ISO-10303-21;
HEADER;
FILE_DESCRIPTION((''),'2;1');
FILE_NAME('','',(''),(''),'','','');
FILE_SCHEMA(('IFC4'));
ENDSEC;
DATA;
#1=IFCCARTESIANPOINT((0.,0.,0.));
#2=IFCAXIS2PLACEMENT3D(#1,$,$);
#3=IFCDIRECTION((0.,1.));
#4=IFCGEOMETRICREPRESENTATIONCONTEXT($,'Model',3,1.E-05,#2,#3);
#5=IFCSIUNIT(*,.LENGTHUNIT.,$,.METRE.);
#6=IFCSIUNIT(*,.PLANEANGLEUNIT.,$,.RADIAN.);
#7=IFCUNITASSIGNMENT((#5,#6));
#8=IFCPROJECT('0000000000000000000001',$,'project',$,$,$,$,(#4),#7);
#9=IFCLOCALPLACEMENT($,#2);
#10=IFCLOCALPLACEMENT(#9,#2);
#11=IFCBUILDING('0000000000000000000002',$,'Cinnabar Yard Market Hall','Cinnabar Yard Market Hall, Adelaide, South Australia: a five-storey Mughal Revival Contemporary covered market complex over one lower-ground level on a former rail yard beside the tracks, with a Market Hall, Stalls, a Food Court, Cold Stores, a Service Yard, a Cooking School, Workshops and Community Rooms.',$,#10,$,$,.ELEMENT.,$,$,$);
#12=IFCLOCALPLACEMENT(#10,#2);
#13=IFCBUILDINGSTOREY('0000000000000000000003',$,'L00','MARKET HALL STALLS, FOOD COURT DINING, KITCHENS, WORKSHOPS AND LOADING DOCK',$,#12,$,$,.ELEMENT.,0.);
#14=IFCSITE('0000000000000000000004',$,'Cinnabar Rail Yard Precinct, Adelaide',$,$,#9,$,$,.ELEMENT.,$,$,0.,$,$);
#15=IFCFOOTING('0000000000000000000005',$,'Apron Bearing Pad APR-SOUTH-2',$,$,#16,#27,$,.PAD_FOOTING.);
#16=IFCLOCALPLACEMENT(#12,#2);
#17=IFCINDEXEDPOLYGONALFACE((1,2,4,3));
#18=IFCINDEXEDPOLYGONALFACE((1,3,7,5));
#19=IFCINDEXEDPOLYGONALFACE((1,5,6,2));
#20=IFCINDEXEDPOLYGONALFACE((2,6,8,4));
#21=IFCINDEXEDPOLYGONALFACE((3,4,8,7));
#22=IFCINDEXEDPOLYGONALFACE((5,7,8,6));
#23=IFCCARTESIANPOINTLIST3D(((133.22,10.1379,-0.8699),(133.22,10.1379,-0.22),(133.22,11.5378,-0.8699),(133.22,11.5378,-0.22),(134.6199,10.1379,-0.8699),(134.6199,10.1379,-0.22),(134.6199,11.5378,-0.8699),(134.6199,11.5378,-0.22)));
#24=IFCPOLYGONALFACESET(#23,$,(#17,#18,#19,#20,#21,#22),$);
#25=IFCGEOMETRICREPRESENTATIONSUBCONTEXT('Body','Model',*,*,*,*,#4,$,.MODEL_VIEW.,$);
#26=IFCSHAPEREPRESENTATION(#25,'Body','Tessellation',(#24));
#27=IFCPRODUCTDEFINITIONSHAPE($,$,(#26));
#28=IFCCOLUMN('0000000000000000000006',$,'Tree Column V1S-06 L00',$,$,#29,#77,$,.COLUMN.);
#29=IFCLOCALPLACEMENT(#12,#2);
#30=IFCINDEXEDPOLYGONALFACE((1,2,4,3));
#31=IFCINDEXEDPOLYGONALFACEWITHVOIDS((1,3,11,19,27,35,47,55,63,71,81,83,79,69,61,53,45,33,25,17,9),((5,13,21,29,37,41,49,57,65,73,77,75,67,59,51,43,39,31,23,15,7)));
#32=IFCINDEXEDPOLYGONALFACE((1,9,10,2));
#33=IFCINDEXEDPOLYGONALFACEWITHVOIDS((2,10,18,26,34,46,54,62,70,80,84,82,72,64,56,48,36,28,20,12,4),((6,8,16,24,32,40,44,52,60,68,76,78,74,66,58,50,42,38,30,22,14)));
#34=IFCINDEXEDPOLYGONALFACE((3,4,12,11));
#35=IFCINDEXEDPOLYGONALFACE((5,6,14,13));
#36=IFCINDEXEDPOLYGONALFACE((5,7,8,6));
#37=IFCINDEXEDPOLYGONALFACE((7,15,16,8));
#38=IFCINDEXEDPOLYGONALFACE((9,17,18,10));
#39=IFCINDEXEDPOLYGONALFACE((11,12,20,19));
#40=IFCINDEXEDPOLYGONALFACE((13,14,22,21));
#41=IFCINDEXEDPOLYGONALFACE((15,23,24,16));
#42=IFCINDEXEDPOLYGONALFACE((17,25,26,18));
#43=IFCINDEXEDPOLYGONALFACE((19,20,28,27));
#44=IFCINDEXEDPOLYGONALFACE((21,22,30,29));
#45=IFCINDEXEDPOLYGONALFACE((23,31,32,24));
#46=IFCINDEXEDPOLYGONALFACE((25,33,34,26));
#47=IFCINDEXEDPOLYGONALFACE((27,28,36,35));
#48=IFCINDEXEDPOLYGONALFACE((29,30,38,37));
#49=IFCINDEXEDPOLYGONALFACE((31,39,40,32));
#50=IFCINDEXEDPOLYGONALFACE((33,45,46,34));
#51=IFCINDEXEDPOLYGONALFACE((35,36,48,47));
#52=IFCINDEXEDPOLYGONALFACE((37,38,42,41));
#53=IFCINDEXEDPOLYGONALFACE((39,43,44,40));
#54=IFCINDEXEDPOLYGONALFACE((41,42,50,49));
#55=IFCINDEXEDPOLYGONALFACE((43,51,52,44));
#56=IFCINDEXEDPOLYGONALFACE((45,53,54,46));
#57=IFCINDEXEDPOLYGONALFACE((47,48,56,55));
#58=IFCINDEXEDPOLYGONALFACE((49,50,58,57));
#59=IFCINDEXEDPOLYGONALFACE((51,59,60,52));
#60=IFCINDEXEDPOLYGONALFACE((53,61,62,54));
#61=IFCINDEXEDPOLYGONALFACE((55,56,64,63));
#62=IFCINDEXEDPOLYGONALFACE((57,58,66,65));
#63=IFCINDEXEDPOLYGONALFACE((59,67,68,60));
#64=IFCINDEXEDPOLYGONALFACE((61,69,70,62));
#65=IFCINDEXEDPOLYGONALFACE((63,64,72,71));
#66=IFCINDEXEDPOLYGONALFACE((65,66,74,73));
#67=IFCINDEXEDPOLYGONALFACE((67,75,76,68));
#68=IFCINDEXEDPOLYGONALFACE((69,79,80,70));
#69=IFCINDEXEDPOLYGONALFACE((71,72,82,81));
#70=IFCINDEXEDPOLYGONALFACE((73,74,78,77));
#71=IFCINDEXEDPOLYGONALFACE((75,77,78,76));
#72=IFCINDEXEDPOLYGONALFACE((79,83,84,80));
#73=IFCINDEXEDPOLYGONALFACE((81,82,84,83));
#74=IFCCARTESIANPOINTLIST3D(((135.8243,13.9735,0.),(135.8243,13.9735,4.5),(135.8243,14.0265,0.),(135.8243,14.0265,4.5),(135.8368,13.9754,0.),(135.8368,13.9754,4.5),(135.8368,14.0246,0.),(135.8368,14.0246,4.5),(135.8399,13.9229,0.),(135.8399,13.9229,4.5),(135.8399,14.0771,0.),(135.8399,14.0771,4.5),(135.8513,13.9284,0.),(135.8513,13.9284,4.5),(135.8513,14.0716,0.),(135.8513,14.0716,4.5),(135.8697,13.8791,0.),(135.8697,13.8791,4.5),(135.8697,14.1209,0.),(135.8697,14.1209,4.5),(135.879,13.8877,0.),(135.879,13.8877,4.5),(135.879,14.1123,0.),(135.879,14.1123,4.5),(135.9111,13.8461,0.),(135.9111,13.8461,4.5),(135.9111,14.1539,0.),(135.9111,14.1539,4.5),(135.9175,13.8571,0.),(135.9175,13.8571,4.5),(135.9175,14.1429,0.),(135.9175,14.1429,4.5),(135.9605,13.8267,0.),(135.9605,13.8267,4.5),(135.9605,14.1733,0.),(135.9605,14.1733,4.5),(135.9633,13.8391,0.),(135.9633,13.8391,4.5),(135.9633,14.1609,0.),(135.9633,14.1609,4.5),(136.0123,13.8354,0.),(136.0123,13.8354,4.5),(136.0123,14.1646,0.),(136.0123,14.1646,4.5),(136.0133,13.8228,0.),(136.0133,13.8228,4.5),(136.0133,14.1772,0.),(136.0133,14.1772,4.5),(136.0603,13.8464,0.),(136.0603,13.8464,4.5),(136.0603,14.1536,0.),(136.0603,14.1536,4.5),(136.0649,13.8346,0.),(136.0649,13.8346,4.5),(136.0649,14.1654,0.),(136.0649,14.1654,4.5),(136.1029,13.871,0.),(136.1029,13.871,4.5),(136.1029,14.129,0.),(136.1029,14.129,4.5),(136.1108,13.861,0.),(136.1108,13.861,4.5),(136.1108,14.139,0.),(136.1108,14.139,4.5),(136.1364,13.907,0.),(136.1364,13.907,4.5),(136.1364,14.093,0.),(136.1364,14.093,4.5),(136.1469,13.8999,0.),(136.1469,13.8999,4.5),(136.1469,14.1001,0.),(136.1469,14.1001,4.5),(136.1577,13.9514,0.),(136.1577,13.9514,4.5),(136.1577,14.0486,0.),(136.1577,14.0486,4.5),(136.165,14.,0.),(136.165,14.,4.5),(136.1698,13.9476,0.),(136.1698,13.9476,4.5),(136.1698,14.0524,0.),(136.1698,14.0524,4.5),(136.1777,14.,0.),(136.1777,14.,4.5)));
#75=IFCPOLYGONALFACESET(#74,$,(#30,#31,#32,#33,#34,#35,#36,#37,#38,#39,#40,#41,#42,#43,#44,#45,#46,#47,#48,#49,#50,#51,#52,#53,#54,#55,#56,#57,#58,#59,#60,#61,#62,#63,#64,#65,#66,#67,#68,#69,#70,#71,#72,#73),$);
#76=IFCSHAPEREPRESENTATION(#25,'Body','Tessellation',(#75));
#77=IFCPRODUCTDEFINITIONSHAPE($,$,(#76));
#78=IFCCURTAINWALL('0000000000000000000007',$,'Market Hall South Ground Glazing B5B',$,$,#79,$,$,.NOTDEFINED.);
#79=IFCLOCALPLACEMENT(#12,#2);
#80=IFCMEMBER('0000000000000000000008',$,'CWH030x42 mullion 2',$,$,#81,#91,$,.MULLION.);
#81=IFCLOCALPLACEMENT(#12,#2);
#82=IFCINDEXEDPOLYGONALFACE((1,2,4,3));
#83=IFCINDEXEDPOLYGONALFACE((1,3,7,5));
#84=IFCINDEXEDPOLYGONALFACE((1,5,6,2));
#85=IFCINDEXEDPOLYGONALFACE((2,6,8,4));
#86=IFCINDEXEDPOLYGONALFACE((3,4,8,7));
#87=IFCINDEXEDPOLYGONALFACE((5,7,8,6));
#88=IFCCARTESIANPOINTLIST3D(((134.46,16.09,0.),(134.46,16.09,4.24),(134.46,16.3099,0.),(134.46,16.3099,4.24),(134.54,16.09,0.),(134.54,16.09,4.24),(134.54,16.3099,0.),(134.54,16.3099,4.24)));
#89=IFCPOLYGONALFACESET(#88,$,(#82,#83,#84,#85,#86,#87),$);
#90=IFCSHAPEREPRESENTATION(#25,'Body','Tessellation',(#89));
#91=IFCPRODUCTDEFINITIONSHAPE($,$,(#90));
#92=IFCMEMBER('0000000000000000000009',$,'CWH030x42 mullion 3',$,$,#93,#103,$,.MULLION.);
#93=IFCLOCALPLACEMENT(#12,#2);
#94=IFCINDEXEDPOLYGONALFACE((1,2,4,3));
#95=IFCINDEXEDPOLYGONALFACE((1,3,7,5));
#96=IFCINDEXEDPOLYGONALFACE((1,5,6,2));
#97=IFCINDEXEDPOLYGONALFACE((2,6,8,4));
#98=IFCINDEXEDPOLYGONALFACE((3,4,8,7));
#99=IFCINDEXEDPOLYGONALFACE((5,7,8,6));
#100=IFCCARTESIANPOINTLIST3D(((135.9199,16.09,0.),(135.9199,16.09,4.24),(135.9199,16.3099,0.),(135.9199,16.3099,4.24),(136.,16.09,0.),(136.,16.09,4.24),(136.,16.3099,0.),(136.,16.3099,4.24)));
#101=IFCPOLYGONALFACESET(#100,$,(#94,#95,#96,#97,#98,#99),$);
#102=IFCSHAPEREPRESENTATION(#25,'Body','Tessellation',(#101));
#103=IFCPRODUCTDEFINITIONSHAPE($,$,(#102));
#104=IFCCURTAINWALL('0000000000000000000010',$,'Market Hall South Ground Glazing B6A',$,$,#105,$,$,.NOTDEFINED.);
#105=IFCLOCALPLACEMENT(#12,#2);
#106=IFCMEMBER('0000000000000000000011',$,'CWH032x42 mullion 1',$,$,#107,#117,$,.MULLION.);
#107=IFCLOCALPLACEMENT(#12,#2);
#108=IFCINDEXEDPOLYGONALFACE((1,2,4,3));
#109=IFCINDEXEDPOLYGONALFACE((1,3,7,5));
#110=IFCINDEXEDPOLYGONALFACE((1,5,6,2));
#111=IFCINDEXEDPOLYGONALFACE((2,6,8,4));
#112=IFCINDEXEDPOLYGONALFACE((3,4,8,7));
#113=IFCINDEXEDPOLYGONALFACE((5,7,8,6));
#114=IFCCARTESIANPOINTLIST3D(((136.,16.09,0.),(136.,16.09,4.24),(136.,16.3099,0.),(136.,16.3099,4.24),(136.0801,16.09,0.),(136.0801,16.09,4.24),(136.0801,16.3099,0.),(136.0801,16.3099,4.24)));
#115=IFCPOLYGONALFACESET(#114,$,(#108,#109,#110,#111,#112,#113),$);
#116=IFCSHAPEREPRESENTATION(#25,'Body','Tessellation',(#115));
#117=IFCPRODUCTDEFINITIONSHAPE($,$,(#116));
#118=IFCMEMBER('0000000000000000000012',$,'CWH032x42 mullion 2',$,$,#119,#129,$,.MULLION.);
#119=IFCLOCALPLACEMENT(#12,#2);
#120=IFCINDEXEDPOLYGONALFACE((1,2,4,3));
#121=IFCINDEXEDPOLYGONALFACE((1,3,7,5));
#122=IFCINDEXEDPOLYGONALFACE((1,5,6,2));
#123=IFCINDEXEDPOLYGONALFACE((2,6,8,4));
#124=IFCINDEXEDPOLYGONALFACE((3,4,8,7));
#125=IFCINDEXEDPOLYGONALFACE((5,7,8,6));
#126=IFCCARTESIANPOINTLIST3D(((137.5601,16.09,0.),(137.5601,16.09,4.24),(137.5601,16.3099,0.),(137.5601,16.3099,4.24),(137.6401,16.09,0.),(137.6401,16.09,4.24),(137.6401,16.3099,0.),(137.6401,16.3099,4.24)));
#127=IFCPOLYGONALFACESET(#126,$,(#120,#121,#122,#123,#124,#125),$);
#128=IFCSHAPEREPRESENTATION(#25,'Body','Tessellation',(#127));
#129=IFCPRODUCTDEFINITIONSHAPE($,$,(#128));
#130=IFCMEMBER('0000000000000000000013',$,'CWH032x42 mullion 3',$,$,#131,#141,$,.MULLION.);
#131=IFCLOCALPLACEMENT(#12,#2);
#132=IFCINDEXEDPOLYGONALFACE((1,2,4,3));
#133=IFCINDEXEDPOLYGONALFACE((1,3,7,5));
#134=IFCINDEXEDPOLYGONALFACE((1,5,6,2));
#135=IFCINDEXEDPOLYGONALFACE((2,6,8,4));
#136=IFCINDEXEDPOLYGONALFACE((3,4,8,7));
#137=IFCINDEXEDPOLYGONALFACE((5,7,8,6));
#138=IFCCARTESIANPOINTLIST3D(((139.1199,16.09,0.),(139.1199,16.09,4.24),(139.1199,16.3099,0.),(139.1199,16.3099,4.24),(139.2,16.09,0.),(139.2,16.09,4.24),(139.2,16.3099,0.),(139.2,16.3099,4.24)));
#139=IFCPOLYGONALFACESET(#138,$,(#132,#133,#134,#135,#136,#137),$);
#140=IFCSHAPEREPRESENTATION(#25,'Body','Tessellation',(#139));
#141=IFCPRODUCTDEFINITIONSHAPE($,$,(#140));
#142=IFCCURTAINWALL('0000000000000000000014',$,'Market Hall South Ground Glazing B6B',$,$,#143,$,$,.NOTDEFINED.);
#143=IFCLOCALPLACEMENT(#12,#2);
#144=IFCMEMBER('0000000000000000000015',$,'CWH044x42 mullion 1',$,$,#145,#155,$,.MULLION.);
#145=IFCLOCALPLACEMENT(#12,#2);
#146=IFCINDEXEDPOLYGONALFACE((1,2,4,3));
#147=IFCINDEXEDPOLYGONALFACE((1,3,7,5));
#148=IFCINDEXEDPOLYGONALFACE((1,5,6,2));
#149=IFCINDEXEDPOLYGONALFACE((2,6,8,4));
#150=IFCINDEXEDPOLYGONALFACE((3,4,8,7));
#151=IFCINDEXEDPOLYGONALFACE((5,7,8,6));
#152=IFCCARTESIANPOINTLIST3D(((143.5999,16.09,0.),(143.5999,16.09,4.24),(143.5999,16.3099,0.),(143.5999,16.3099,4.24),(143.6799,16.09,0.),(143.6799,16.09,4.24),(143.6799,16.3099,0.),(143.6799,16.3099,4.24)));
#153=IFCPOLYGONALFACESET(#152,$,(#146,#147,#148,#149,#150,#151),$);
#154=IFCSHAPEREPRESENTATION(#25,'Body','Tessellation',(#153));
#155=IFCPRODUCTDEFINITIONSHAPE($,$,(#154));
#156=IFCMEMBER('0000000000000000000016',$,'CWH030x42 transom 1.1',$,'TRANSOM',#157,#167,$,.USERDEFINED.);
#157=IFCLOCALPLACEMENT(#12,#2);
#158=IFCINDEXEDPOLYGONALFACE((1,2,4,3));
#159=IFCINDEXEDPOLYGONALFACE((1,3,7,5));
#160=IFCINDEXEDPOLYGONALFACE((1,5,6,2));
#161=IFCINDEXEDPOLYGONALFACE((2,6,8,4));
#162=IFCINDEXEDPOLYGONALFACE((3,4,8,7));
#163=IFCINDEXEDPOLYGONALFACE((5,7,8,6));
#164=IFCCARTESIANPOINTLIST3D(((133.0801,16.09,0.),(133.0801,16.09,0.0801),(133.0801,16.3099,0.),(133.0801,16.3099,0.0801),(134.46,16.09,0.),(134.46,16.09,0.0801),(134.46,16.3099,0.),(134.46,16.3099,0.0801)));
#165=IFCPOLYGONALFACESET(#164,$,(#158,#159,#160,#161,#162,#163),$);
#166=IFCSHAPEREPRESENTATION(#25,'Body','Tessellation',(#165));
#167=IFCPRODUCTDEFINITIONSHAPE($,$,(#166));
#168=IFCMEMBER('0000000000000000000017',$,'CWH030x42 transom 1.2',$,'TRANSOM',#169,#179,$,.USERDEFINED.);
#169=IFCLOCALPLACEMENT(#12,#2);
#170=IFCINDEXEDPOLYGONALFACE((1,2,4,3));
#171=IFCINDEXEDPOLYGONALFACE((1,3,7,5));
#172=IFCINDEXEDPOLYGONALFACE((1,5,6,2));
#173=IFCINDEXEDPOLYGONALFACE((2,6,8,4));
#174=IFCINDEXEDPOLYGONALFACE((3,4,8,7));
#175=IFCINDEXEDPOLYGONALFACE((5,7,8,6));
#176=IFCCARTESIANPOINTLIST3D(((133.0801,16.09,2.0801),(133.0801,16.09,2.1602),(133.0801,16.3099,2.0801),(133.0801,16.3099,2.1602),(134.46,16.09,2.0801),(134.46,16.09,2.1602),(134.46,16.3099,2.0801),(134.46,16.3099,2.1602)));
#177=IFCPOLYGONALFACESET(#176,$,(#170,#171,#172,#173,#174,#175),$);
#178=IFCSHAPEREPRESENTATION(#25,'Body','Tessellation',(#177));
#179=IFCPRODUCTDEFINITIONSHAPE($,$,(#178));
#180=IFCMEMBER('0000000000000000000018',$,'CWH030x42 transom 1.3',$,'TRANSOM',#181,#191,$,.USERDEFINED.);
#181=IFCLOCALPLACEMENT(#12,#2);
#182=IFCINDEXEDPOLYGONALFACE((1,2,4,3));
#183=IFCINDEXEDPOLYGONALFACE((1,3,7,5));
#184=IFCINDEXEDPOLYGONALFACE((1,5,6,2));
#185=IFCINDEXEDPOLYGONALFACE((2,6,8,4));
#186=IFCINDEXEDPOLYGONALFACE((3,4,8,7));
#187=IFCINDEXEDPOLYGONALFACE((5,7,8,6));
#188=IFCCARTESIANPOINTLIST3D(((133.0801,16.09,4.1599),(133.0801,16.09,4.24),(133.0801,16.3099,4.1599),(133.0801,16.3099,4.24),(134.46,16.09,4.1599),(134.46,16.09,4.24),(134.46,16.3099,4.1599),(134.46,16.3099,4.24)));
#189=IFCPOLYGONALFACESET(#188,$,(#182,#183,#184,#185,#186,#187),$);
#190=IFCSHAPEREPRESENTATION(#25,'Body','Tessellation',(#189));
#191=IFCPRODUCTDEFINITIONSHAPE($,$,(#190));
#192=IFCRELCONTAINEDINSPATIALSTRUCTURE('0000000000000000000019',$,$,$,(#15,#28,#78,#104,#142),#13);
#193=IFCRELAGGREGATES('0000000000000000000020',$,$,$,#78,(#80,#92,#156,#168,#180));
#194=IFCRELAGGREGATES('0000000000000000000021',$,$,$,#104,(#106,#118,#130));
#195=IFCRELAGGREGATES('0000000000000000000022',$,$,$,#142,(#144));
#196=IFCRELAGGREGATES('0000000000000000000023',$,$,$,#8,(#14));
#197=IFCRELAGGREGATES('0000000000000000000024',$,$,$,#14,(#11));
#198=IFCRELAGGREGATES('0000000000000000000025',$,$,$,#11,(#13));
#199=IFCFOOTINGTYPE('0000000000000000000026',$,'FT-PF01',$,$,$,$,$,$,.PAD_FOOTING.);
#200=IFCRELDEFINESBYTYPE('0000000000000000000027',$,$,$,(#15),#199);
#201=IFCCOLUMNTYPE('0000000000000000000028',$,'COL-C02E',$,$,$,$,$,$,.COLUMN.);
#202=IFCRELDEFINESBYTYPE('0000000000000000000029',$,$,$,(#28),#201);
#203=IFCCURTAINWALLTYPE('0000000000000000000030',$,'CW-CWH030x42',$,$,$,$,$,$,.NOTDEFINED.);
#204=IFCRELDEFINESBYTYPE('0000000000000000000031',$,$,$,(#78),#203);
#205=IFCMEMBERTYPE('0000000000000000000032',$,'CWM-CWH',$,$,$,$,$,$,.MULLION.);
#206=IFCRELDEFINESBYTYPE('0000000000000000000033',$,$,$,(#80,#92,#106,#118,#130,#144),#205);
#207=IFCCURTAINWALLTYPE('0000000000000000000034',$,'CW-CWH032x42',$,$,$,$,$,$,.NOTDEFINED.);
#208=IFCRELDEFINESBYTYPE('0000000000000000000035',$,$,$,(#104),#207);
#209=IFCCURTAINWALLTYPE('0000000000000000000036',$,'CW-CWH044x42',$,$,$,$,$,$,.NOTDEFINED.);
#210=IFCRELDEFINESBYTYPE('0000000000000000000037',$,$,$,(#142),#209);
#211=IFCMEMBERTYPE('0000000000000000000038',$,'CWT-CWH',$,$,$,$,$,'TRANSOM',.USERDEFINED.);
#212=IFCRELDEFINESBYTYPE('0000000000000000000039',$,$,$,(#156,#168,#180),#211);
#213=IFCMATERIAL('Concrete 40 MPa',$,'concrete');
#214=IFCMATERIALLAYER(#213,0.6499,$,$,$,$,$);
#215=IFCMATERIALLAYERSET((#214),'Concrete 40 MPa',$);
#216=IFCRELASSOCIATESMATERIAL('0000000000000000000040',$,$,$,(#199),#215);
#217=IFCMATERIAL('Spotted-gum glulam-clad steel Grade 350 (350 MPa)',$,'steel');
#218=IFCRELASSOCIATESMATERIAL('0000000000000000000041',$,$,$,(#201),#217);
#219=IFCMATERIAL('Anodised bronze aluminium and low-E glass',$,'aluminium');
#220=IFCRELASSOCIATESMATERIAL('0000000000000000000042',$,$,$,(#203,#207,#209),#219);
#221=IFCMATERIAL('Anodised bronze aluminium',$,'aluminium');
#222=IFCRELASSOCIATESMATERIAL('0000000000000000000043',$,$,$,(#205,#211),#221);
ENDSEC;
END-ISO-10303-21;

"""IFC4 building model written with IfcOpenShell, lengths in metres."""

from ifc_helpers import new_model, si_unit, direction, frame, origin, origin_2d_with_axis, place, context, subcontext, project, spatial, rectangle, hollow_circle, extrude, material, layer, layer_set, material_profile, profile_set, type_object, element, aggregate, save


model = new_model("IFC4")

# Units and contexts
model_context = context("Model", 3, precision=1e-05, world=origin(), true_north=direction((0.0, 1.0)))
body_context = subcontext(model_context, "Body", "Model", "MODEL_VIEW")
ifc_project = project(units=[si_unit("LENGTHUNIT", "METRE"), si_unit("PLANEANGLEUNIT", "RADIAN")], contexts=[model_context])

# Site, building, storey
site_placement = place(None, origin())
site = spatial("IfcSite", under=ifc_project, at=site_placement, Name="Cinnabar Rail Yard Precinct, Adelaide", CompositionType="ELEMENT", RefElevation=0.0)
building_placement = place(site_placement, origin())
building = spatial("IfcBuilding", under=site, at=building_placement, Name="Cinnabar Yard Market Hall", Description="Cinnabar Yard Market Hall, Adelaide, South Australia: a five-storey Mughal Revival Contemporary covered market complex over one lower-ground level on a former rail yard beside the tracks, with a Market Hall, Stalls, a Food Court, Cold Stores, a Service Yard, a Cooking School, Workshops and Community Rooms.", CompositionType="ELEMENT")
storey_placement = place(building_placement, origin())
storey = spatial("IfcBuildingStorey", under=building, at=storey_placement, Name="L00", Description="MARKET HALL STALLS, FOOD COURT DINING, KITCHENS, WORKSHOPS AND LOADING DOCK", CompositionType="ELEMENT", Elevation=0.0)

# Footing
ifc_material_1 = material(Name="Concrete 40 MPa", Category="concrete")
ifc_layer_1 = layer(ifc_material_1, 0.6499)
ifc_layer_set_1 = layer_set([ifc_layer_1], Name="Concrete 40 MPa")
footing_type = type_object("IfcFootingType", Name="FT-PF01", PredefinedType="PAD_FOOTING", material=ifc_layer_set_1)
footing_placement = place(storey_placement, frame((133.9199, 10.8379, -0.8699), z_axis=(0.0, 0.0, 1.0), x_axis=(1.0, 0.0, 0.0)))
element("IfcFooting", 1, at=footing_placement, inside=storey, type_object=footing_type, Name="Apron Bearing Pad APR-SOUTH-2", PredefinedType="PAD_FOOTING", context=body_context, shape_type="SweptSolid", body=[
    extrude(rectangle(XDim=1.3999, YDim=1.3999, at=origin_2d_with_axis()), origin(), (0.0, 0.0, 1.0), 0.6499),
])

# Column
ifc_material_2 = material(Name="Spotted-gum glulam-clad steel Grade 350 (350 MPa)", Category="steel")
ifc_material_profile_1 = material_profile(ifc_material_2, hollow_circle(Radius=0.1777, WallThickness=0.0127, at=origin_2d_with_axis()), Name="355.6x12.7CHS")
ifc_profile_set_1 = profile_set([ifc_material_profile_1], Name="Spotted-gum glulam-clad steel Grade 350 (350 MPa)")
column_type = type_object("IfcColumnType", Name="COL-C02E", PredefinedType="COLUMN", material=ifc_profile_set_1)
column_placement = place(storey_placement, frame((136.0, 14.0, 0.0), z_axis=(0.0, 0.0, 1.0), x_axis=(1.0, 0.0, 0.0)))
element("IfcColumn", 2, at=column_placement, inside=storey, type_object=column_type, Name="Tree Column V1S-06 L00", PredefinedType="COLUMN", context=body_context, shape_type="SweptSolid", body=[
    extrude(hollow_circle(Radius=0.1777, WallThickness=0.0127, at=origin_2d_with_axis()), origin(), (0.0, 0.0, 1.0), 4.5),
])

# Curtain walls, members
ifc_material_3 = material(Name="Anodised bronze aluminium and low-E glass", Category="aluminium")
curtain_wall_type_1 = type_object("IfcCurtainWallType", Name="CW-CWH030x42", PredefinedType="NOTDEFINED", material=ifc_material_3)
curtain_wall_1_placement = place(storey_placement, origin())
curtain_wall_1 = element("IfcCurtainWall", 3, at=curtain_wall_1_placement, inside=storey, type_object=curtain_wall_type_1, Name="Market Hall South Ground Glazing B5B", PredefinedType="NOTDEFINED")
ifc_material_4 = material(Name="Anodised bronze aluminium", Category="aluminium")
ifc_material_profile_2 = material_profile(ifc_material_4, rectangle(XDim=0.22, YDim=0.0801, at=origin_2d_with_axis()), Name="MUL-CWH")
ifc_profile_set_2 = profile_set([ifc_material_profile_2], Name="Anodised bronze aluminium")
member_type_1 = type_object("IfcMemberType", Name="CWM-CWH", PredefinedType="MULLION", material=ifc_profile_set_2)
member_1_placement = place(storey_placement, frame((134.5, 16.2, 0.0), z_axis=(0.0, 0.0, 1.0), x_axis=(0.0, 1.0, 0.0)))
member_1 = element("IfcMember", 4, at=member_1_placement, type_object=member_type_1, Name="CWH030x42 mullion 2", PredefinedType="MULLION", context=body_context, shape_type="SweptSolid", body=[
    extrude(rectangle(XDim=0.22, YDim=0.0801, at=origin_2d_with_axis()), origin(), (0.0, 0.0, 1.0), 4.24),
])
member_2_placement = place(storey_placement, frame((135.96, 16.2, 0.0), z_axis=(0.0, 0.0, 1.0), x_axis=(0.0, 1.0, 0.0)))
member_2 = element("IfcMember", 5, at=member_2_placement, type_object=member_type_1, Name="CWH030x42 mullion 3", PredefinedType="MULLION", context=body_context, shape_type="SweptSolid", body=[
    extrude(rectangle(XDim=0.22, YDim=0.0801, at=origin_2d_with_axis()), origin(), (0.0, 0.0, 1.0), 4.24),
])
curtain_wall_type_2 = type_object("IfcCurtainWallType", Name="CW-CWH032x42", PredefinedType="NOTDEFINED", material=ifc_material_3)
curtain_wall_2_placement = place(storey_placement, origin())
curtain_wall_2 = element("IfcCurtainWall", 6, at=curtain_wall_2_placement, inside=storey, type_object=curtain_wall_type_2, Name="Market Hall South Ground Glazing B6A", PredefinedType="NOTDEFINED")
member_3_placement = place(storey_placement, frame((136.04, 16.2, 0.0), z_axis=(0.0, 0.0, 1.0), x_axis=(0.0, 1.0, 0.0)))
member_3 = element("IfcMember", 7, at=member_3_placement, type_object=member_type_1, Name="CWH032x42 mullion 1", PredefinedType="MULLION", context=body_context, shape_type="SweptSolid", body=[
    extrude(rectangle(XDim=0.22, YDim=0.0801, at=origin_2d_with_axis()), origin(), (0.0, 0.0, 1.0), 4.24),
])
member_4_placement = place(storey_placement, frame((137.6001, 16.2, 0.0), z_axis=(0.0, 0.0, 1.0), x_axis=(0.0, 1.0, 0.0)))
member_4 = element("IfcMember", 8, at=member_4_placement, type_object=member_type_1, Name="CWH032x42 mullion 2", PredefinedType="MULLION", context=body_context, shape_type="SweptSolid", body=[
    extrude(rectangle(XDim=0.22, YDim=0.0801, at=origin_2d_with_axis()), origin(), (0.0, 0.0, 1.0), 4.24),
])
member_5_placement = place(storey_placement, frame((139.1599, 16.2, 0.0), z_axis=(0.0, 0.0, 1.0), x_axis=(0.0, 1.0, 0.0)))
member_5 = element("IfcMember", 9, at=member_5_placement, type_object=member_type_1, Name="CWH032x42 mullion 3", PredefinedType="MULLION", context=body_context, shape_type="SweptSolid", body=[
    extrude(rectangle(XDim=0.22, YDim=0.0801, at=origin_2d_with_axis()), origin(), (0.0, 0.0, 1.0), 4.24),
])

# Curtain wall, member
curtain_wall_type_3 = type_object("IfcCurtainWallType", Name="CW-CWH044x42", PredefinedType="NOTDEFINED", material=ifc_material_3)
curtain_wall_3_placement = place(storey_placement, origin())
curtain_wall_3 = element("IfcCurtainWall", 10, at=curtain_wall_3_placement, inside=storey, type_object=curtain_wall_type_3, Name="Market Hall South Ground Glazing B6B", PredefinedType="NOTDEFINED")
member_6_placement = place(storey_placement, frame((143.6399, 16.2, 0.0), z_axis=(0.0, 0.0, 1.0), x_axis=(0.0, 1.0, 0.0)))
member_6 = element("IfcMember", 11, at=member_6_placement, type_object=member_type_1, Name="CWH044x42 mullion 1", PredefinedType="MULLION", context=body_context, shape_type="SweptSolid", body=[
    extrude(rectangle(XDim=0.22, YDim=0.0801, at=origin_2d_with_axis()), origin(), (0.0, 0.0, 1.0), 4.24),
])

# Members
ifc_material_profile_3 = material_profile(ifc_material_4, rectangle(XDim=0.22, YDim=0.0801, at=origin_2d_with_axis()), Name="TRN-CWH")
ifc_profile_set_3 = profile_set([ifc_material_profile_3], Name="Anodised bronze aluminium")
member_type_2 = type_object("IfcMemberType", Name="CWT-CWH", ElementType="TRANSOM", PredefinedType="USERDEFINED", material=ifc_profile_set_3)
member_7_placement = place(storey_placement, frame((133.0801, 16.2, 0.04), z_axis=(1.0, 0.0, 0.0), x_axis=(0.0, 1.0, 0.0)))
member_7 = element("IfcMember", 12, at=member_7_placement, type_object=member_type_2, Name="CWH030x42 transom 1.1", ObjectType="TRANSOM", PredefinedType="USERDEFINED", context=body_context, shape_type="SweptSolid", body=[
    extrude(rectangle(XDim=0.22, YDim=0.0801, at=origin_2d_with_axis()), origin(), (0.0, 0.0, 1.0), 1.3799),
])
member_8_placement = place(storey_placement, frame((133.0801, 16.2, 2.1201), z_axis=(1.0, 0.0, 0.0), x_axis=(0.0, 1.0, 0.0)))
member_8 = element("IfcMember", 13, at=member_8_placement, type_object=member_type_2, Name="CWH030x42 transom 1.2", ObjectType="TRANSOM", PredefinedType="USERDEFINED", context=body_context, shape_type="SweptSolid", body=[
    extrude(rectangle(XDim=0.22, YDim=0.0801, at=origin_2d_with_axis()), origin(), (0.0, 0.0, 1.0), 1.3799),
])
member_9_placement = place(storey_placement, frame((133.0801, 16.2, 4.2), z_axis=(1.0, 0.0, 0.0), x_axis=(0.0, 1.0, 0.0)))
member_9 = element("IfcMember", 14, at=member_9_placement, type_object=member_type_2, Name="CWH030x42 transom 1.3", ObjectType="TRANSOM", PredefinedType="USERDEFINED", context=body_context, shape_type="SweptSolid", body=[
    extrude(rectangle(XDim=0.22, YDim=0.0801, at=origin_2d_with_axis()), origin(), (0.0, 0.0, 1.0), 1.3799),
])

aggregate(curtain_wall_1, [member_1, member_2, member_7, member_8, member_9])
aggregate(curtain_wall_2, [member_3, member_4, member_5])
aggregate(curtain_wall_3, [member_6])

save(model, "model.ifc")
